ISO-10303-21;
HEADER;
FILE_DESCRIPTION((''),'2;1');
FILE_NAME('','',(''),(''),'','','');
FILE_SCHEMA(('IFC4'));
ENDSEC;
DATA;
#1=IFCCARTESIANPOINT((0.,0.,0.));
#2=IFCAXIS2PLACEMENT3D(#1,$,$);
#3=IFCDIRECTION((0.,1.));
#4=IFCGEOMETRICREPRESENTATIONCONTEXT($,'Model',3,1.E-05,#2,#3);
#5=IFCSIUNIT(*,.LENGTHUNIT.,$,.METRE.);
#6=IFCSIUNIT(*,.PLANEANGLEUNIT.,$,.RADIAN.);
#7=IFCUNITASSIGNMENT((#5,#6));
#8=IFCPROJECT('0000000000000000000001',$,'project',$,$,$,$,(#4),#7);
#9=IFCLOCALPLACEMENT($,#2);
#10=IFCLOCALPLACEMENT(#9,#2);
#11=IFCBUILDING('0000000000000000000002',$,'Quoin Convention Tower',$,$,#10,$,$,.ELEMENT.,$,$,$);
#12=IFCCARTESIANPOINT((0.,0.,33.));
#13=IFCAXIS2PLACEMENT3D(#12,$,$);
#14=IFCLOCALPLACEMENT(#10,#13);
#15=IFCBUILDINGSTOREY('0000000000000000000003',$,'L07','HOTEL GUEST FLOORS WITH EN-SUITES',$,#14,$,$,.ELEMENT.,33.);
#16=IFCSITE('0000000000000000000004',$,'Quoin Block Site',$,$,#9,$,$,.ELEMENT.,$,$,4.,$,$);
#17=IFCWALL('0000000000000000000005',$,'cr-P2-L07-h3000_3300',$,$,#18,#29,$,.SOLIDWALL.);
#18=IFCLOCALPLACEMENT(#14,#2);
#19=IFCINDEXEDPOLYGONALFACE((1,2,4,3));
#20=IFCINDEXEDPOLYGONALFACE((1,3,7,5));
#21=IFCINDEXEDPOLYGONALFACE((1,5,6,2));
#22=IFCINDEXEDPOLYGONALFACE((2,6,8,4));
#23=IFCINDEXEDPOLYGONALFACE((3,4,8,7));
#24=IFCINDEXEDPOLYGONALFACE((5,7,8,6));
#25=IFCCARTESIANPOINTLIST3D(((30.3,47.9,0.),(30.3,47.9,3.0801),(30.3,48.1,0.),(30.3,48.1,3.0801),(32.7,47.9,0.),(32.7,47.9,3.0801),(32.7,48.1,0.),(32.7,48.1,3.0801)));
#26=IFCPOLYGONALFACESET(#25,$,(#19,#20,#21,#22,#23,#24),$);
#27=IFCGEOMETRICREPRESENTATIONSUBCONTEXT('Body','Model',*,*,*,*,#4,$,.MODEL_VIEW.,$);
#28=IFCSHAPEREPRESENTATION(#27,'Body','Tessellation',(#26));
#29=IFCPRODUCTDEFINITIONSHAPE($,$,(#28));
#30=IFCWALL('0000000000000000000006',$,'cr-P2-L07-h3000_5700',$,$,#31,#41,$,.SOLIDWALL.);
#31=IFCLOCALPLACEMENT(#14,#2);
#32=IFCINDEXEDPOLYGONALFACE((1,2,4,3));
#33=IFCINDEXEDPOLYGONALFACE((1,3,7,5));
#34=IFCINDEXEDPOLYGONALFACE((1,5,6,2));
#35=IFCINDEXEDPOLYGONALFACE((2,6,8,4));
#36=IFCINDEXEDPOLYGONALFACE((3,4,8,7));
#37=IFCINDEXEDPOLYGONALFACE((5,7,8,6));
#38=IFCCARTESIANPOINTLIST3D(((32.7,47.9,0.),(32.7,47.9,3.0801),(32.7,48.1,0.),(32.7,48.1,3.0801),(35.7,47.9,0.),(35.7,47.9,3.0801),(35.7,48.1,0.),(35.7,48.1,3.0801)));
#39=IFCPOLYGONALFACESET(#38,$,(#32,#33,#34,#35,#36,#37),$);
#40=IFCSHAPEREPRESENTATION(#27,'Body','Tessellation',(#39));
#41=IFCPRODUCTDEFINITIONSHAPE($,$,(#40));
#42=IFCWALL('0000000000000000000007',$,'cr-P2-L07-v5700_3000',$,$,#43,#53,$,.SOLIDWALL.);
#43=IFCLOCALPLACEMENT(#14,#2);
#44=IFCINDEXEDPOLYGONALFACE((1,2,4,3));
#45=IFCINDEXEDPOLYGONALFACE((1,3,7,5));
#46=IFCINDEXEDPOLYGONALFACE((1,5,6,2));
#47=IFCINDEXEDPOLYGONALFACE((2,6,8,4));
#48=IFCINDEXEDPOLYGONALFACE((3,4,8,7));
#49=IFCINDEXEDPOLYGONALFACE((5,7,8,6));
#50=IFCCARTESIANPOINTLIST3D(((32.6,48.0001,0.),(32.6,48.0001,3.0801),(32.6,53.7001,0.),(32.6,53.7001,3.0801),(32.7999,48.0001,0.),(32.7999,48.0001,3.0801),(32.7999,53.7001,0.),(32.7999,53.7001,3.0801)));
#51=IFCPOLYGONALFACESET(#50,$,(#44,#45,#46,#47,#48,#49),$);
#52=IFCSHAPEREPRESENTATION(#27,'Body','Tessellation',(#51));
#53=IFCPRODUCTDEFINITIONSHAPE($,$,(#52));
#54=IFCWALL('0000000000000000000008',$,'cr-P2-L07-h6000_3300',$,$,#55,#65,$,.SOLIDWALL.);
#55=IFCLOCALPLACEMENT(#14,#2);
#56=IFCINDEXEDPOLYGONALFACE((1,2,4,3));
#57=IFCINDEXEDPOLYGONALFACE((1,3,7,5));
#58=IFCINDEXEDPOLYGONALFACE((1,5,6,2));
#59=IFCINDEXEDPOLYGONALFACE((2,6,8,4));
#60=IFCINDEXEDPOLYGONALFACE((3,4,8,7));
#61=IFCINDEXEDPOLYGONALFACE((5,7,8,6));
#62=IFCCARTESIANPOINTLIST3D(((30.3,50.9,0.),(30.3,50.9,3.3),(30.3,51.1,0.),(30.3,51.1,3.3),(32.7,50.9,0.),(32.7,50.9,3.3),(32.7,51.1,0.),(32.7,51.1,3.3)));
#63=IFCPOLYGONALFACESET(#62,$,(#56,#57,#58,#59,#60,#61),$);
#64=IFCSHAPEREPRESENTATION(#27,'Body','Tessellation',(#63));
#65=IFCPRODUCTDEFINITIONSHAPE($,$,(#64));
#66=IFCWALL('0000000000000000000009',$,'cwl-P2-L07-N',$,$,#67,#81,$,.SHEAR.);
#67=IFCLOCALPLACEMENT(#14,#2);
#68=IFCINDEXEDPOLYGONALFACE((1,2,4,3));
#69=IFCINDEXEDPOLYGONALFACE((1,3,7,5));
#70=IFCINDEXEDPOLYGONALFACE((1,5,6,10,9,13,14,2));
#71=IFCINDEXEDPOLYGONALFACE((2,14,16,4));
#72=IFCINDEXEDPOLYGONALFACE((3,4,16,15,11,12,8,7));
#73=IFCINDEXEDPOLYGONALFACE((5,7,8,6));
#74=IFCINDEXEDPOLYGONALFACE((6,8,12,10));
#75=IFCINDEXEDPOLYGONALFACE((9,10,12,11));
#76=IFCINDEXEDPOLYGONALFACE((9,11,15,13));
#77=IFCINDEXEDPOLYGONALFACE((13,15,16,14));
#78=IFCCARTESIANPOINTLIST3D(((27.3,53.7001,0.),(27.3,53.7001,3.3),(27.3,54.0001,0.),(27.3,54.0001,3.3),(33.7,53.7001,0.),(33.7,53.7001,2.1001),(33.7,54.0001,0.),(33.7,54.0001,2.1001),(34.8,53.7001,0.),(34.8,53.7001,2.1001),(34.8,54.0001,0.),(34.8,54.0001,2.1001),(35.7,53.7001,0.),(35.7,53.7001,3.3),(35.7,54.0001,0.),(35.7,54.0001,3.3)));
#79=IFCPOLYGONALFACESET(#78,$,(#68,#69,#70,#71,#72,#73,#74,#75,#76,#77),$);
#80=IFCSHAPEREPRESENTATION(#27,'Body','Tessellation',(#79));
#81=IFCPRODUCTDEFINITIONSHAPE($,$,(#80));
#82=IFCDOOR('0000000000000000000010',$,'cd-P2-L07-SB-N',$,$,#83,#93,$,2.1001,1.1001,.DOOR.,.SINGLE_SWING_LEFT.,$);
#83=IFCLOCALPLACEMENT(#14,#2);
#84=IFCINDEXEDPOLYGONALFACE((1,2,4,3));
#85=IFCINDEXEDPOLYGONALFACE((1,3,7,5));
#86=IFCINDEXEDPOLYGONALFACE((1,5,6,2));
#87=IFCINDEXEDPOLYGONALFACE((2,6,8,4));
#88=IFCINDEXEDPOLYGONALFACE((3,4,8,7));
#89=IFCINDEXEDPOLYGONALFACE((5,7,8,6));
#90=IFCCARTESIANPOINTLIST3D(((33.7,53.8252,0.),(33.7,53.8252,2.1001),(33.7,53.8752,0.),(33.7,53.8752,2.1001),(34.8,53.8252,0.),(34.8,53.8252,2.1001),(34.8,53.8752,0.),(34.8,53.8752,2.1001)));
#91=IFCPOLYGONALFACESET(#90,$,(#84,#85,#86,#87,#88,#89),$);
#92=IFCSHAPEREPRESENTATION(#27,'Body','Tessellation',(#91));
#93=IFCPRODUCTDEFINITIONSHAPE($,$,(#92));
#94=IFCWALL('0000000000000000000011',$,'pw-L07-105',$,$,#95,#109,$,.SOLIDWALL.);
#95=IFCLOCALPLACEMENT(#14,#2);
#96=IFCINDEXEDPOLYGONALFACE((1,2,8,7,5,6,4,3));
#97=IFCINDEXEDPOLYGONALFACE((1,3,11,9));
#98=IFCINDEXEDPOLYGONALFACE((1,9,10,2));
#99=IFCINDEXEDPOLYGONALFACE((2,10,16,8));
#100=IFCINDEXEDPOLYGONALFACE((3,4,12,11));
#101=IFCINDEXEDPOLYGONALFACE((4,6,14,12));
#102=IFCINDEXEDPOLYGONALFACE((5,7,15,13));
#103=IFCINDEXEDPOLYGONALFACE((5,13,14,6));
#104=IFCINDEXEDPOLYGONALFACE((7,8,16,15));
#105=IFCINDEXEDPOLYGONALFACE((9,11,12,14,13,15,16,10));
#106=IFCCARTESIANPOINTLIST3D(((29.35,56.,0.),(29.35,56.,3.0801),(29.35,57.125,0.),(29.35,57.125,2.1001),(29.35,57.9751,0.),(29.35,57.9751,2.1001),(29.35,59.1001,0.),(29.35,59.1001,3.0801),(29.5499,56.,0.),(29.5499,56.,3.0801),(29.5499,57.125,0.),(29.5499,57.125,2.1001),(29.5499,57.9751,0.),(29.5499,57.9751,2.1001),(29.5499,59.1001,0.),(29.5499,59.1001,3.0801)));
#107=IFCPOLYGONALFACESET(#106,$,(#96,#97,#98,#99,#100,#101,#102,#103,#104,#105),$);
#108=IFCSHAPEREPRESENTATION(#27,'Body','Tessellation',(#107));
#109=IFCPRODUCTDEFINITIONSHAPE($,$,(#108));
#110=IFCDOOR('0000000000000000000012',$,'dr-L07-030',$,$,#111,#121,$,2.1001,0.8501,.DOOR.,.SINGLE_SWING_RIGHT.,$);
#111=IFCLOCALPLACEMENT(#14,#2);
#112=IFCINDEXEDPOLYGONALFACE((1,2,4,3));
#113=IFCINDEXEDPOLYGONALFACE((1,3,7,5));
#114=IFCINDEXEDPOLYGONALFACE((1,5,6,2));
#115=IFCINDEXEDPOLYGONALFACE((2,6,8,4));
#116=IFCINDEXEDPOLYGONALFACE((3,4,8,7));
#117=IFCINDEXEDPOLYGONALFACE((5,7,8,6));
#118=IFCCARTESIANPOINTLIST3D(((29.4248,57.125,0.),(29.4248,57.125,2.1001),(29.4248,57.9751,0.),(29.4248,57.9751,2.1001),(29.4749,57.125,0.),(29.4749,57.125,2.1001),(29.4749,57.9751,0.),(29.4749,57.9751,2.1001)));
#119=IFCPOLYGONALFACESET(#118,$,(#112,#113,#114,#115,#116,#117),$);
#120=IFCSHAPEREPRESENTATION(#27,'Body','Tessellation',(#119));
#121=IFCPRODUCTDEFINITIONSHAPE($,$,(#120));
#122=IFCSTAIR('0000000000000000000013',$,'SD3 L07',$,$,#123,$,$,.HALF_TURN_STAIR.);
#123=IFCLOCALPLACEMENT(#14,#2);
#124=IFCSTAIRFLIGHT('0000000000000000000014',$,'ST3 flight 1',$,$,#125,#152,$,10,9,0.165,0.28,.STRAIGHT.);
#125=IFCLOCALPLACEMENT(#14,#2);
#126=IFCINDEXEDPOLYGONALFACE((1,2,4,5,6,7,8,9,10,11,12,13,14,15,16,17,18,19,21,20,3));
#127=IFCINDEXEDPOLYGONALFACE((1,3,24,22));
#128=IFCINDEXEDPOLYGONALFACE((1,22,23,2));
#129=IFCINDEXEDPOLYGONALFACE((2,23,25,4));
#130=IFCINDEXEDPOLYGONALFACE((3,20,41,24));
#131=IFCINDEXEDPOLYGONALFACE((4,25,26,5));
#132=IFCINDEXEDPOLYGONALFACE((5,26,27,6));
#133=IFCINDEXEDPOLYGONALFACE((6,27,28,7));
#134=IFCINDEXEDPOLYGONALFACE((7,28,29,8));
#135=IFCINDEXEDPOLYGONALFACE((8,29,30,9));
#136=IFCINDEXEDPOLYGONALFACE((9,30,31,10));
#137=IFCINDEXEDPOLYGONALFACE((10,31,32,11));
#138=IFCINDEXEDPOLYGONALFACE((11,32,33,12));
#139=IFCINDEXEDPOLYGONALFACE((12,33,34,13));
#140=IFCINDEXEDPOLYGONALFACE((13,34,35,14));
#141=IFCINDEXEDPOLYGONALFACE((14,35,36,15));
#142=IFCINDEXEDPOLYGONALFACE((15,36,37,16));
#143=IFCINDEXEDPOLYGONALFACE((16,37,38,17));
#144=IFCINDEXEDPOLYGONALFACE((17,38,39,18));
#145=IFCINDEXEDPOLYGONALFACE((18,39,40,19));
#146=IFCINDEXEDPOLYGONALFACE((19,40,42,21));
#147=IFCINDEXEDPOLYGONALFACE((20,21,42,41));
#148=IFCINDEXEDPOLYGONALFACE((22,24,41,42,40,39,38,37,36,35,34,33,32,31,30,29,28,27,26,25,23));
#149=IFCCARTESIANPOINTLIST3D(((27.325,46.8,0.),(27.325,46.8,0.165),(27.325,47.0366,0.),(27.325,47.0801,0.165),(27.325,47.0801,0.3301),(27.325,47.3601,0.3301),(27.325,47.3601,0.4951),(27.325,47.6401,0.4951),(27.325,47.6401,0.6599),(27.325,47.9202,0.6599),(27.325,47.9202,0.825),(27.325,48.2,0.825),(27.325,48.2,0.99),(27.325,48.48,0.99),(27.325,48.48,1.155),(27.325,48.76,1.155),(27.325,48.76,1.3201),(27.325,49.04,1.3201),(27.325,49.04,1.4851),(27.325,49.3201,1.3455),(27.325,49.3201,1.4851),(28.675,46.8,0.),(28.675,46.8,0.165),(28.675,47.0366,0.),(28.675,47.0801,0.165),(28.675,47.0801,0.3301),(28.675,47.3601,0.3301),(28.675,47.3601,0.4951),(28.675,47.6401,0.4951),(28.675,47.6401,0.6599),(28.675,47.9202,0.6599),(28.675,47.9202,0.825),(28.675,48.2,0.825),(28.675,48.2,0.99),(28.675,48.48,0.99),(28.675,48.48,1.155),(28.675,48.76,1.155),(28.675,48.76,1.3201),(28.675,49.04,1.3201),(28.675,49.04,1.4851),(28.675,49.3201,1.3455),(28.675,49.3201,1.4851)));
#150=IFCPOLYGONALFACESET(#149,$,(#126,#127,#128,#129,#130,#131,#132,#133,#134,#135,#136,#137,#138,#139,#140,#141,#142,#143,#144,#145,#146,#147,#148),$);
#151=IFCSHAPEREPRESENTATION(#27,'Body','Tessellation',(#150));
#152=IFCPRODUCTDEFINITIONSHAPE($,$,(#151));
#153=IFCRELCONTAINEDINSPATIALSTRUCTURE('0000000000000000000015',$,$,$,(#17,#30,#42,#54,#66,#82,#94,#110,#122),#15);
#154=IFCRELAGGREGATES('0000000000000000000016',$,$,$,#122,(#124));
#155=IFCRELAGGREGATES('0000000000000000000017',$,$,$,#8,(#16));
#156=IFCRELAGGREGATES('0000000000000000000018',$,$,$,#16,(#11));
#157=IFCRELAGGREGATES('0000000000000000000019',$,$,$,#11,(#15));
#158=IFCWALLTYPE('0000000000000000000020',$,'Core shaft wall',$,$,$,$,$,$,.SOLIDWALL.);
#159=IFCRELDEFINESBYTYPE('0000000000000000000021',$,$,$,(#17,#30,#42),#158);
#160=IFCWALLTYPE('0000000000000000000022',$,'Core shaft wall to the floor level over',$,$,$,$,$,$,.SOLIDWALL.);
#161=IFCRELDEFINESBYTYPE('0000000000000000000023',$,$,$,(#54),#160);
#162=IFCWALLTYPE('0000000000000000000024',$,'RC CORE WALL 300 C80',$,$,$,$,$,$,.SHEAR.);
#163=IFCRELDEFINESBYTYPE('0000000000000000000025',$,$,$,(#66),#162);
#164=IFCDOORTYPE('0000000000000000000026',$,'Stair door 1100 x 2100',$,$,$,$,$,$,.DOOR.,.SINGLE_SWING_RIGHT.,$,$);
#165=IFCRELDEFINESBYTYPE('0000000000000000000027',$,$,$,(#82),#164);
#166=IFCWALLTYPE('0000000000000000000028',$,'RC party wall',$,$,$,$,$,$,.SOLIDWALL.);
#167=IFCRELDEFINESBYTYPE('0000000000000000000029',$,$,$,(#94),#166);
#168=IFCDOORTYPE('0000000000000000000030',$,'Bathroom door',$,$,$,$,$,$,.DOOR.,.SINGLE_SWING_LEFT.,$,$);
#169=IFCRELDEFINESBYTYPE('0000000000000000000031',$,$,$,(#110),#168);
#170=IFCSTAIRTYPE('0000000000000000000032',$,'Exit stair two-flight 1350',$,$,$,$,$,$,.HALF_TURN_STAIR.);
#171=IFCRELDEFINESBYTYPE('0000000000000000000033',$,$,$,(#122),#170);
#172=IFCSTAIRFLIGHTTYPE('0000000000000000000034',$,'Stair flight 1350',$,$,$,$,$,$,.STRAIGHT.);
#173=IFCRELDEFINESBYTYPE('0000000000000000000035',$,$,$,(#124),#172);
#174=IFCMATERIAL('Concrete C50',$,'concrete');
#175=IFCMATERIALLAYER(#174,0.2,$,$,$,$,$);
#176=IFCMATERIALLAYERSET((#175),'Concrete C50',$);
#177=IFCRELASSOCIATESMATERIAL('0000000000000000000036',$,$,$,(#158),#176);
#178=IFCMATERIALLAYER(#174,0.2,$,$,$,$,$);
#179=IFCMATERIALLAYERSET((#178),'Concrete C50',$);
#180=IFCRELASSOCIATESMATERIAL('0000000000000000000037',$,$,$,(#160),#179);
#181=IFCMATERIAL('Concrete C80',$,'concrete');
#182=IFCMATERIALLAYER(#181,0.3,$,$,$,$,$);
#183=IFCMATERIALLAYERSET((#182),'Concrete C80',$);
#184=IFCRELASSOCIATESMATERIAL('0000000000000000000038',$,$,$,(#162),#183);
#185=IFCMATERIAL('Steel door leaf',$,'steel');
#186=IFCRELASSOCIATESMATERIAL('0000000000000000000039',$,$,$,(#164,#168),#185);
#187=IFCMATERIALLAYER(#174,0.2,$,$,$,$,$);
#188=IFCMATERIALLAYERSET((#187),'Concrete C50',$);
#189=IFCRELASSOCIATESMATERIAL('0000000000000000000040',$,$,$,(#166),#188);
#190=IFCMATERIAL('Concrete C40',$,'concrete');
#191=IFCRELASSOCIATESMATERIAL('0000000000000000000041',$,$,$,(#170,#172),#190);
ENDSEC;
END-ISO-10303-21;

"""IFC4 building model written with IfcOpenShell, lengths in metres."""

from ifc_helpers import new_model, si_unit, direction, frame, frame_2d, origin, place, context, subcontext, project, spatial, polyline, rectangle, outline, extrude, material, layer, layer_set, type_object, element, fill, aggregate, save


model = new_model("IFC4")

# Units and contexts
model_context = context("Model", 3, precision=1e-05, world=origin(), true_north=direction((0.0, 1.0)))
body_context = subcontext(model_context, "Body", "Model", "MODEL_VIEW")
ifc_project = project(units=[si_unit("LENGTHUNIT", "METRE"), si_unit("PLANEANGLEUNIT", "RADIAN")], contexts=[model_context])

# Site, building, storey
site_placement = place(None, origin())
site = spatial("IfcSite", under=ifc_project, at=site_placement, Name="Quoin Block Site", CompositionType="ELEMENT", RefElevation=4.0)
building_placement = place(site_placement, origin())
building = spatial("IfcBuilding", under=site, at=building_placement, Name="Quoin Convention Tower", CompositionType="ELEMENT")
storey_placement = place(building_placement, frame((0.0, 0.0, 33.0)))
storey = spatial("IfcBuildingStorey", under=building, at=storey_placement, Name="L07", Description="HOTEL GUEST FLOORS WITH EN-SUITES", CompositionType="ELEMENT", Elevation=33.0)

# Walls
ifc_material_1 = material(Name="Concrete C50", Category="concrete")
ifc_layer_1 = layer(ifc_material_1, 0.2)
ifc_layer_set_1 = layer_set([ifc_layer_1], Name="Concrete C50")
wall_type_1 = type_object("IfcWallType", Name="Core shaft wall", PredefinedType="SOLIDWALL", material=ifc_layer_set_1)
wall_1_placement = place(storey_placement, frame((30.3, 48.0, 0.0), z_axis=(0.0, 0.0, 1.0), x_axis=(1.0, 0.0, 0.0)))
element("IfcWall", 1, at=wall_1_placement, inside=storey, type_object=wall_type_1, Name="cr-P2-L07-h3000_3300", PredefinedType="SOLIDWALL", context=body_context, shape_type="SweptSolid", body=[
    extrude(rectangle(XDim=2.3999, YDim=0.2, at=frame_2d((1.2, 0.0))), origin(), (0.0, 0.0, 1.0), 3.0801),
])
wall_2_placement = place(storey_placement, frame((32.7, 48.0, 0.0), z_axis=(0.0, 0.0, 1.0), x_axis=(1.0, 0.0, 0.0)))
element("IfcWall", 2, at=wall_2_placement, inside=storey, type_object=wall_type_1, Name="cr-P2-L07-h3000_5700", PredefinedType="SOLIDWALL", context=body_context, shape_type="SweptSolid", body=[
    extrude(rectangle(XDim=3.0, YDim=0.2, at=frame_2d((1.5, 0.0))), origin(), (0.0, 0.0, 1.0), 3.0801),
])
wall_3_placement = place(storey_placement, frame((32.7, 48.0, 0.0), z_axis=(0.0, 0.0, 1.0), x_axis=(0.0, 1.0, 0.0)))
element("IfcWall", 3, at=wall_3_placement, inside=storey, type_object=wall_type_1, Name="cr-P2-L07-v5700_3000", PredefinedType="SOLIDWALL", context=body_context, shape_type="SweptSolid", body=[
    extrude(rectangle(XDim=5.7, YDim=0.2, at=frame_2d((2.8501, 0.0))), origin(), (0.0, 0.0, 1.0), 3.0801),
])
ifc_layer_2 = layer(ifc_material_1, 0.2)
ifc_layer_set_2 = layer_set([ifc_layer_2], Name="Concrete C50")
wall_type_2 = type_object("IfcWallType", Name="Core shaft wall to the floor level over", PredefinedType="SOLIDWALL", material=ifc_layer_set_2)
wall_4_placement = place(storey_placement, frame((30.3, 51.0, 0.0), z_axis=(0.0, 0.0, 1.0), x_axis=(1.0, 0.0, 0.0)))
element("IfcWall", 4, at=wall_4_placement, inside=storey, type_object=wall_type_2, Name="cr-P2-L07-h6000_3300", PredefinedType="SOLIDWALL", context=body_context, shape_type="SweptSolid", body=[
    extrude(rectangle(XDim=2.3999, YDim=0.2, at=frame_2d((1.2, 0.0))), origin(), (0.0, 0.0, 1.0), 3.3),
])

# Walls, openings, doors
ifc_material_2 = material(Name="Concrete C80", Category="concrete")
ifc_layer_3 = layer(ifc_material_2, 0.3)
ifc_layer_set_3 = layer_set([ifc_layer_3], Name="Concrete C80")
wall_type_3 = type_object("IfcWallType", Name="RC CORE WALL 300 C80", PredefinedType="SHEAR", material=ifc_layer_set_3)
wall_5_placement = place(storey_placement, frame((27.3, 53.8501, 0.0), z_axis=(0.0, 0.0, 1.0), x_axis=(1.0, 0.0, 0.0)))
wall_5 = element("IfcWall", 5, at=wall_5_placement, inside=storey, type_object=wall_type_3, Name="cwl-P2-L07-N", PredefinedType="SHEAR", context=body_context, shape_type="SweptSolid", body=[
    extrude(rectangle(XDim=8.3999, YDim=0.3, at=frame_2d((4.2, 0.0))), origin(), (0.0, 0.0, 1.0), 3.3),
])
opening_1_placement = place(wall_5_placement, frame((6.3999, 0.0, 0.0)))
opening_1 = element("IfcOpeningElement", 6, at=opening_1_placement, cuts=wall_5, PredefinedType="OPENING", context=body_context, shape_type="SweptSolid", body=[
    extrude(rectangle(XDim=1.1001, YDim=2.1001, at=frame_2d((0.55, 1.05))), frame((0.0, 0.1599, 0.0), z_axis=(0.0, -1.0, 0.0), x_axis=(1.0, 0.0, 0.0)), (0.0, 0.0, 1.0), 0.3201),
])
ifc_material_3 = material(Name="Steel door leaf", Category="steel")
door_type_1 = type_object("IfcDoorType", Name="Stair door 1100 x 2100", OperationType="SINGLE_SWING_RIGHT", PredefinedType="DOOR", material=ifc_material_3)
door_1_placement = place(opening_1_placement, frame((1.1001, 0.0, 0.0), z_axis=(0.0, 0.0, 1.0), x_axis=(-1.0, 0.0, 0.0)))
door_1 = element("IfcDoor", 7, at=door_1_placement, inside=storey, type_object=door_type_1, Name="cd-P2-L07-SB-N", OperationType="SINGLE_SWING_LEFT", OverallHeight=2.1001, OverallWidth=1.1001, PredefinedType="DOOR", context=body_context, shape_type="SweptSolid", body=[
    extrude(rectangle(XDim=1.1001, YDim=2.1001, at=frame_2d((0.55, 1.05))), frame((0.0, 0.0249, 0.0), z_axis=(0.0, -1.0, 0.0), x_axis=(1.0, 0.0, 0.0)), (0.0, 0.0, 1.0), 0.05),
])
fill(opening_1, door_1)
ifc_layer_4 = layer(ifc_material_1, 0.2)
ifc_layer_set_4 = layer_set([ifc_layer_4], Name="Concrete C50")
wall_type_4 = type_object("IfcWallType", Name="RC party wall", PredefinedType="SOLIDWALL", material=ifc_layer_set_4)
wall_6_placement = place(storey_placement, frame((29.45, 56.0, 0.0), z_axis=(0.0, 0.0, 1.0), x_axis=(0.0, 1.0, 0.0)))
wall_6 = element("IfcWall", 8, at=wall_6_placement, inside=storey, type_object=wall_type_4, Name="pw-L07-105", PredefinedType="SOLIDWALL", context=body_context, shape_type="SweptSolid", body=[
    extrude(rectangle(XDim=3.1001, YDim=0.2, at=frame_2d((1.55, 0.0))), origin(), (0.0, 0.0, 1.0), 3.0801),
])
opening_2_placement = place(wall_6_placement, frame((1.125, 0.0, 0.0)))
opening_2 = element("IfcOpeningElement", 9, at=opening_2_placement, cuts=wall_6, PredefinedType="OPENING", context=body_context, shape_type="SweptSolid", body=[
    extrude(rectangle(XDim=0.8501, YDim=2.1001, at=frame_2d((0.425, 1.05))), frame((0.0, 0.1099, 0.0), z_axis=(0.0, -1.0, 0.0), x_axis=(1.0, 0.0, 0.0)), (0.0, 0.0, 1.0), 0.22),
])
door_type_2 = type_object("IfcDoorType", Name="Bathroom door", OperationType="SINGLE_SWING_LEFT", PredefinedType="DOOR", material=ifc_material_3)
door_2_placement = place(opening_2_placement, frame((0.8501, 0.0, 0.0), z_axis=(0.0, 0.0, 1.0), x_axis=(-1.0, 0.0, 0.0)))
door_2 = element("IfcDoor", 10, at=door_2_placement, inside=storey, type_object=door_type_2, Name="dr-L07-030", OperationType="SINGLE_SWING_RIGHT", OverallHeight=2.1001, OverallWidth=0.8501, PredefinedType="DOOR", context=body_context, shape_type="SweptSolid", body=[
    extrude(rectangle(XDim=0.8501, YDim=2.1001, at=frame_2d((0.425, 1.05))), frame((0.0, 0.0249, 0.0), z_axis=(0.0, -1.0, 0.0), x_axis=(1.0, 0.0, 0.0)), (0.0, 0.0, 1.0), 0.05),
])
fill(opening_2, door_2)

# Stair, stair flight
ifc_material_4 = material(Name="Concrete C40", Category="concrete")
stair_type = type_object("IfcStairType", Name="Exit stair two-flight 1350", PredefinedType="HALF_TURN_STAIR", material=ifc_material_4)
stair_1_placement = place(storey_placement, origin())
stair_1 = element("IfcStair", 11, at=stair_1_placement, inside=storey, type_object=stair_type, Name="SD3 L07", PredefinedType="HALF_TURN_STAIR")
stair_flight_type = type_object("IfcStairFlightType", Name="Stair flight 1350", PredefinedType="STRAIGHT", material=ifc_material_4)
stair_flight_1_placement = place(storey_placement, frame((28.0, 46.8, 0.0), z_axis=(0.0, 0.0, 1.0), x_axis=(0.0, 1.0, 0.0)))
stair_flight_1 = element("IfcStairFlight", 12, at=stair_flight_1_placement, type_object=stair_flight_type, Name="ST3 flight 1", NumberOfRisers=10, NumberOfTreads=9, PredefinedType="STRAIGHT", RiserHeight=0.165, TreadLength=0.28, context=body_context, shape_type="SweptSolid", body=[
    extrude(outline(polyline([(0.0, 0.0), (0.0, 0.165), (0.28, 0.165), (0.28, 0.3301), (0.5601, 0.3301), (0.5601, 0.4951), (0.8401, 0.4951), (0.8401, 0.6599), (1.1201, 0.6599), (1.1201, 0.825), (1.3999, 0.825), (1.3999, 0.99), (1.6799, 0.99), (1.6799, 1.155), (1.96, 1.155), (1.96, 1.3201), (2.24, 1.3201), (2.24, 1.4851), (2.52, 1.4851), (2.52, 1.6499), (2.52, 1.3455), (0.2366, 0.0), (0.0, 0.0)])), frame((0.0, 0.675, 0.0), z_axis=(0.0, -1.0, 0.0), x_axis=(1.0, 0.0, 0.0)), (0.0, 0.0, 1.0), 1.3501),
])
aggregate(stair_1, [stair_flight_1])

save(model, "model.ifc")
